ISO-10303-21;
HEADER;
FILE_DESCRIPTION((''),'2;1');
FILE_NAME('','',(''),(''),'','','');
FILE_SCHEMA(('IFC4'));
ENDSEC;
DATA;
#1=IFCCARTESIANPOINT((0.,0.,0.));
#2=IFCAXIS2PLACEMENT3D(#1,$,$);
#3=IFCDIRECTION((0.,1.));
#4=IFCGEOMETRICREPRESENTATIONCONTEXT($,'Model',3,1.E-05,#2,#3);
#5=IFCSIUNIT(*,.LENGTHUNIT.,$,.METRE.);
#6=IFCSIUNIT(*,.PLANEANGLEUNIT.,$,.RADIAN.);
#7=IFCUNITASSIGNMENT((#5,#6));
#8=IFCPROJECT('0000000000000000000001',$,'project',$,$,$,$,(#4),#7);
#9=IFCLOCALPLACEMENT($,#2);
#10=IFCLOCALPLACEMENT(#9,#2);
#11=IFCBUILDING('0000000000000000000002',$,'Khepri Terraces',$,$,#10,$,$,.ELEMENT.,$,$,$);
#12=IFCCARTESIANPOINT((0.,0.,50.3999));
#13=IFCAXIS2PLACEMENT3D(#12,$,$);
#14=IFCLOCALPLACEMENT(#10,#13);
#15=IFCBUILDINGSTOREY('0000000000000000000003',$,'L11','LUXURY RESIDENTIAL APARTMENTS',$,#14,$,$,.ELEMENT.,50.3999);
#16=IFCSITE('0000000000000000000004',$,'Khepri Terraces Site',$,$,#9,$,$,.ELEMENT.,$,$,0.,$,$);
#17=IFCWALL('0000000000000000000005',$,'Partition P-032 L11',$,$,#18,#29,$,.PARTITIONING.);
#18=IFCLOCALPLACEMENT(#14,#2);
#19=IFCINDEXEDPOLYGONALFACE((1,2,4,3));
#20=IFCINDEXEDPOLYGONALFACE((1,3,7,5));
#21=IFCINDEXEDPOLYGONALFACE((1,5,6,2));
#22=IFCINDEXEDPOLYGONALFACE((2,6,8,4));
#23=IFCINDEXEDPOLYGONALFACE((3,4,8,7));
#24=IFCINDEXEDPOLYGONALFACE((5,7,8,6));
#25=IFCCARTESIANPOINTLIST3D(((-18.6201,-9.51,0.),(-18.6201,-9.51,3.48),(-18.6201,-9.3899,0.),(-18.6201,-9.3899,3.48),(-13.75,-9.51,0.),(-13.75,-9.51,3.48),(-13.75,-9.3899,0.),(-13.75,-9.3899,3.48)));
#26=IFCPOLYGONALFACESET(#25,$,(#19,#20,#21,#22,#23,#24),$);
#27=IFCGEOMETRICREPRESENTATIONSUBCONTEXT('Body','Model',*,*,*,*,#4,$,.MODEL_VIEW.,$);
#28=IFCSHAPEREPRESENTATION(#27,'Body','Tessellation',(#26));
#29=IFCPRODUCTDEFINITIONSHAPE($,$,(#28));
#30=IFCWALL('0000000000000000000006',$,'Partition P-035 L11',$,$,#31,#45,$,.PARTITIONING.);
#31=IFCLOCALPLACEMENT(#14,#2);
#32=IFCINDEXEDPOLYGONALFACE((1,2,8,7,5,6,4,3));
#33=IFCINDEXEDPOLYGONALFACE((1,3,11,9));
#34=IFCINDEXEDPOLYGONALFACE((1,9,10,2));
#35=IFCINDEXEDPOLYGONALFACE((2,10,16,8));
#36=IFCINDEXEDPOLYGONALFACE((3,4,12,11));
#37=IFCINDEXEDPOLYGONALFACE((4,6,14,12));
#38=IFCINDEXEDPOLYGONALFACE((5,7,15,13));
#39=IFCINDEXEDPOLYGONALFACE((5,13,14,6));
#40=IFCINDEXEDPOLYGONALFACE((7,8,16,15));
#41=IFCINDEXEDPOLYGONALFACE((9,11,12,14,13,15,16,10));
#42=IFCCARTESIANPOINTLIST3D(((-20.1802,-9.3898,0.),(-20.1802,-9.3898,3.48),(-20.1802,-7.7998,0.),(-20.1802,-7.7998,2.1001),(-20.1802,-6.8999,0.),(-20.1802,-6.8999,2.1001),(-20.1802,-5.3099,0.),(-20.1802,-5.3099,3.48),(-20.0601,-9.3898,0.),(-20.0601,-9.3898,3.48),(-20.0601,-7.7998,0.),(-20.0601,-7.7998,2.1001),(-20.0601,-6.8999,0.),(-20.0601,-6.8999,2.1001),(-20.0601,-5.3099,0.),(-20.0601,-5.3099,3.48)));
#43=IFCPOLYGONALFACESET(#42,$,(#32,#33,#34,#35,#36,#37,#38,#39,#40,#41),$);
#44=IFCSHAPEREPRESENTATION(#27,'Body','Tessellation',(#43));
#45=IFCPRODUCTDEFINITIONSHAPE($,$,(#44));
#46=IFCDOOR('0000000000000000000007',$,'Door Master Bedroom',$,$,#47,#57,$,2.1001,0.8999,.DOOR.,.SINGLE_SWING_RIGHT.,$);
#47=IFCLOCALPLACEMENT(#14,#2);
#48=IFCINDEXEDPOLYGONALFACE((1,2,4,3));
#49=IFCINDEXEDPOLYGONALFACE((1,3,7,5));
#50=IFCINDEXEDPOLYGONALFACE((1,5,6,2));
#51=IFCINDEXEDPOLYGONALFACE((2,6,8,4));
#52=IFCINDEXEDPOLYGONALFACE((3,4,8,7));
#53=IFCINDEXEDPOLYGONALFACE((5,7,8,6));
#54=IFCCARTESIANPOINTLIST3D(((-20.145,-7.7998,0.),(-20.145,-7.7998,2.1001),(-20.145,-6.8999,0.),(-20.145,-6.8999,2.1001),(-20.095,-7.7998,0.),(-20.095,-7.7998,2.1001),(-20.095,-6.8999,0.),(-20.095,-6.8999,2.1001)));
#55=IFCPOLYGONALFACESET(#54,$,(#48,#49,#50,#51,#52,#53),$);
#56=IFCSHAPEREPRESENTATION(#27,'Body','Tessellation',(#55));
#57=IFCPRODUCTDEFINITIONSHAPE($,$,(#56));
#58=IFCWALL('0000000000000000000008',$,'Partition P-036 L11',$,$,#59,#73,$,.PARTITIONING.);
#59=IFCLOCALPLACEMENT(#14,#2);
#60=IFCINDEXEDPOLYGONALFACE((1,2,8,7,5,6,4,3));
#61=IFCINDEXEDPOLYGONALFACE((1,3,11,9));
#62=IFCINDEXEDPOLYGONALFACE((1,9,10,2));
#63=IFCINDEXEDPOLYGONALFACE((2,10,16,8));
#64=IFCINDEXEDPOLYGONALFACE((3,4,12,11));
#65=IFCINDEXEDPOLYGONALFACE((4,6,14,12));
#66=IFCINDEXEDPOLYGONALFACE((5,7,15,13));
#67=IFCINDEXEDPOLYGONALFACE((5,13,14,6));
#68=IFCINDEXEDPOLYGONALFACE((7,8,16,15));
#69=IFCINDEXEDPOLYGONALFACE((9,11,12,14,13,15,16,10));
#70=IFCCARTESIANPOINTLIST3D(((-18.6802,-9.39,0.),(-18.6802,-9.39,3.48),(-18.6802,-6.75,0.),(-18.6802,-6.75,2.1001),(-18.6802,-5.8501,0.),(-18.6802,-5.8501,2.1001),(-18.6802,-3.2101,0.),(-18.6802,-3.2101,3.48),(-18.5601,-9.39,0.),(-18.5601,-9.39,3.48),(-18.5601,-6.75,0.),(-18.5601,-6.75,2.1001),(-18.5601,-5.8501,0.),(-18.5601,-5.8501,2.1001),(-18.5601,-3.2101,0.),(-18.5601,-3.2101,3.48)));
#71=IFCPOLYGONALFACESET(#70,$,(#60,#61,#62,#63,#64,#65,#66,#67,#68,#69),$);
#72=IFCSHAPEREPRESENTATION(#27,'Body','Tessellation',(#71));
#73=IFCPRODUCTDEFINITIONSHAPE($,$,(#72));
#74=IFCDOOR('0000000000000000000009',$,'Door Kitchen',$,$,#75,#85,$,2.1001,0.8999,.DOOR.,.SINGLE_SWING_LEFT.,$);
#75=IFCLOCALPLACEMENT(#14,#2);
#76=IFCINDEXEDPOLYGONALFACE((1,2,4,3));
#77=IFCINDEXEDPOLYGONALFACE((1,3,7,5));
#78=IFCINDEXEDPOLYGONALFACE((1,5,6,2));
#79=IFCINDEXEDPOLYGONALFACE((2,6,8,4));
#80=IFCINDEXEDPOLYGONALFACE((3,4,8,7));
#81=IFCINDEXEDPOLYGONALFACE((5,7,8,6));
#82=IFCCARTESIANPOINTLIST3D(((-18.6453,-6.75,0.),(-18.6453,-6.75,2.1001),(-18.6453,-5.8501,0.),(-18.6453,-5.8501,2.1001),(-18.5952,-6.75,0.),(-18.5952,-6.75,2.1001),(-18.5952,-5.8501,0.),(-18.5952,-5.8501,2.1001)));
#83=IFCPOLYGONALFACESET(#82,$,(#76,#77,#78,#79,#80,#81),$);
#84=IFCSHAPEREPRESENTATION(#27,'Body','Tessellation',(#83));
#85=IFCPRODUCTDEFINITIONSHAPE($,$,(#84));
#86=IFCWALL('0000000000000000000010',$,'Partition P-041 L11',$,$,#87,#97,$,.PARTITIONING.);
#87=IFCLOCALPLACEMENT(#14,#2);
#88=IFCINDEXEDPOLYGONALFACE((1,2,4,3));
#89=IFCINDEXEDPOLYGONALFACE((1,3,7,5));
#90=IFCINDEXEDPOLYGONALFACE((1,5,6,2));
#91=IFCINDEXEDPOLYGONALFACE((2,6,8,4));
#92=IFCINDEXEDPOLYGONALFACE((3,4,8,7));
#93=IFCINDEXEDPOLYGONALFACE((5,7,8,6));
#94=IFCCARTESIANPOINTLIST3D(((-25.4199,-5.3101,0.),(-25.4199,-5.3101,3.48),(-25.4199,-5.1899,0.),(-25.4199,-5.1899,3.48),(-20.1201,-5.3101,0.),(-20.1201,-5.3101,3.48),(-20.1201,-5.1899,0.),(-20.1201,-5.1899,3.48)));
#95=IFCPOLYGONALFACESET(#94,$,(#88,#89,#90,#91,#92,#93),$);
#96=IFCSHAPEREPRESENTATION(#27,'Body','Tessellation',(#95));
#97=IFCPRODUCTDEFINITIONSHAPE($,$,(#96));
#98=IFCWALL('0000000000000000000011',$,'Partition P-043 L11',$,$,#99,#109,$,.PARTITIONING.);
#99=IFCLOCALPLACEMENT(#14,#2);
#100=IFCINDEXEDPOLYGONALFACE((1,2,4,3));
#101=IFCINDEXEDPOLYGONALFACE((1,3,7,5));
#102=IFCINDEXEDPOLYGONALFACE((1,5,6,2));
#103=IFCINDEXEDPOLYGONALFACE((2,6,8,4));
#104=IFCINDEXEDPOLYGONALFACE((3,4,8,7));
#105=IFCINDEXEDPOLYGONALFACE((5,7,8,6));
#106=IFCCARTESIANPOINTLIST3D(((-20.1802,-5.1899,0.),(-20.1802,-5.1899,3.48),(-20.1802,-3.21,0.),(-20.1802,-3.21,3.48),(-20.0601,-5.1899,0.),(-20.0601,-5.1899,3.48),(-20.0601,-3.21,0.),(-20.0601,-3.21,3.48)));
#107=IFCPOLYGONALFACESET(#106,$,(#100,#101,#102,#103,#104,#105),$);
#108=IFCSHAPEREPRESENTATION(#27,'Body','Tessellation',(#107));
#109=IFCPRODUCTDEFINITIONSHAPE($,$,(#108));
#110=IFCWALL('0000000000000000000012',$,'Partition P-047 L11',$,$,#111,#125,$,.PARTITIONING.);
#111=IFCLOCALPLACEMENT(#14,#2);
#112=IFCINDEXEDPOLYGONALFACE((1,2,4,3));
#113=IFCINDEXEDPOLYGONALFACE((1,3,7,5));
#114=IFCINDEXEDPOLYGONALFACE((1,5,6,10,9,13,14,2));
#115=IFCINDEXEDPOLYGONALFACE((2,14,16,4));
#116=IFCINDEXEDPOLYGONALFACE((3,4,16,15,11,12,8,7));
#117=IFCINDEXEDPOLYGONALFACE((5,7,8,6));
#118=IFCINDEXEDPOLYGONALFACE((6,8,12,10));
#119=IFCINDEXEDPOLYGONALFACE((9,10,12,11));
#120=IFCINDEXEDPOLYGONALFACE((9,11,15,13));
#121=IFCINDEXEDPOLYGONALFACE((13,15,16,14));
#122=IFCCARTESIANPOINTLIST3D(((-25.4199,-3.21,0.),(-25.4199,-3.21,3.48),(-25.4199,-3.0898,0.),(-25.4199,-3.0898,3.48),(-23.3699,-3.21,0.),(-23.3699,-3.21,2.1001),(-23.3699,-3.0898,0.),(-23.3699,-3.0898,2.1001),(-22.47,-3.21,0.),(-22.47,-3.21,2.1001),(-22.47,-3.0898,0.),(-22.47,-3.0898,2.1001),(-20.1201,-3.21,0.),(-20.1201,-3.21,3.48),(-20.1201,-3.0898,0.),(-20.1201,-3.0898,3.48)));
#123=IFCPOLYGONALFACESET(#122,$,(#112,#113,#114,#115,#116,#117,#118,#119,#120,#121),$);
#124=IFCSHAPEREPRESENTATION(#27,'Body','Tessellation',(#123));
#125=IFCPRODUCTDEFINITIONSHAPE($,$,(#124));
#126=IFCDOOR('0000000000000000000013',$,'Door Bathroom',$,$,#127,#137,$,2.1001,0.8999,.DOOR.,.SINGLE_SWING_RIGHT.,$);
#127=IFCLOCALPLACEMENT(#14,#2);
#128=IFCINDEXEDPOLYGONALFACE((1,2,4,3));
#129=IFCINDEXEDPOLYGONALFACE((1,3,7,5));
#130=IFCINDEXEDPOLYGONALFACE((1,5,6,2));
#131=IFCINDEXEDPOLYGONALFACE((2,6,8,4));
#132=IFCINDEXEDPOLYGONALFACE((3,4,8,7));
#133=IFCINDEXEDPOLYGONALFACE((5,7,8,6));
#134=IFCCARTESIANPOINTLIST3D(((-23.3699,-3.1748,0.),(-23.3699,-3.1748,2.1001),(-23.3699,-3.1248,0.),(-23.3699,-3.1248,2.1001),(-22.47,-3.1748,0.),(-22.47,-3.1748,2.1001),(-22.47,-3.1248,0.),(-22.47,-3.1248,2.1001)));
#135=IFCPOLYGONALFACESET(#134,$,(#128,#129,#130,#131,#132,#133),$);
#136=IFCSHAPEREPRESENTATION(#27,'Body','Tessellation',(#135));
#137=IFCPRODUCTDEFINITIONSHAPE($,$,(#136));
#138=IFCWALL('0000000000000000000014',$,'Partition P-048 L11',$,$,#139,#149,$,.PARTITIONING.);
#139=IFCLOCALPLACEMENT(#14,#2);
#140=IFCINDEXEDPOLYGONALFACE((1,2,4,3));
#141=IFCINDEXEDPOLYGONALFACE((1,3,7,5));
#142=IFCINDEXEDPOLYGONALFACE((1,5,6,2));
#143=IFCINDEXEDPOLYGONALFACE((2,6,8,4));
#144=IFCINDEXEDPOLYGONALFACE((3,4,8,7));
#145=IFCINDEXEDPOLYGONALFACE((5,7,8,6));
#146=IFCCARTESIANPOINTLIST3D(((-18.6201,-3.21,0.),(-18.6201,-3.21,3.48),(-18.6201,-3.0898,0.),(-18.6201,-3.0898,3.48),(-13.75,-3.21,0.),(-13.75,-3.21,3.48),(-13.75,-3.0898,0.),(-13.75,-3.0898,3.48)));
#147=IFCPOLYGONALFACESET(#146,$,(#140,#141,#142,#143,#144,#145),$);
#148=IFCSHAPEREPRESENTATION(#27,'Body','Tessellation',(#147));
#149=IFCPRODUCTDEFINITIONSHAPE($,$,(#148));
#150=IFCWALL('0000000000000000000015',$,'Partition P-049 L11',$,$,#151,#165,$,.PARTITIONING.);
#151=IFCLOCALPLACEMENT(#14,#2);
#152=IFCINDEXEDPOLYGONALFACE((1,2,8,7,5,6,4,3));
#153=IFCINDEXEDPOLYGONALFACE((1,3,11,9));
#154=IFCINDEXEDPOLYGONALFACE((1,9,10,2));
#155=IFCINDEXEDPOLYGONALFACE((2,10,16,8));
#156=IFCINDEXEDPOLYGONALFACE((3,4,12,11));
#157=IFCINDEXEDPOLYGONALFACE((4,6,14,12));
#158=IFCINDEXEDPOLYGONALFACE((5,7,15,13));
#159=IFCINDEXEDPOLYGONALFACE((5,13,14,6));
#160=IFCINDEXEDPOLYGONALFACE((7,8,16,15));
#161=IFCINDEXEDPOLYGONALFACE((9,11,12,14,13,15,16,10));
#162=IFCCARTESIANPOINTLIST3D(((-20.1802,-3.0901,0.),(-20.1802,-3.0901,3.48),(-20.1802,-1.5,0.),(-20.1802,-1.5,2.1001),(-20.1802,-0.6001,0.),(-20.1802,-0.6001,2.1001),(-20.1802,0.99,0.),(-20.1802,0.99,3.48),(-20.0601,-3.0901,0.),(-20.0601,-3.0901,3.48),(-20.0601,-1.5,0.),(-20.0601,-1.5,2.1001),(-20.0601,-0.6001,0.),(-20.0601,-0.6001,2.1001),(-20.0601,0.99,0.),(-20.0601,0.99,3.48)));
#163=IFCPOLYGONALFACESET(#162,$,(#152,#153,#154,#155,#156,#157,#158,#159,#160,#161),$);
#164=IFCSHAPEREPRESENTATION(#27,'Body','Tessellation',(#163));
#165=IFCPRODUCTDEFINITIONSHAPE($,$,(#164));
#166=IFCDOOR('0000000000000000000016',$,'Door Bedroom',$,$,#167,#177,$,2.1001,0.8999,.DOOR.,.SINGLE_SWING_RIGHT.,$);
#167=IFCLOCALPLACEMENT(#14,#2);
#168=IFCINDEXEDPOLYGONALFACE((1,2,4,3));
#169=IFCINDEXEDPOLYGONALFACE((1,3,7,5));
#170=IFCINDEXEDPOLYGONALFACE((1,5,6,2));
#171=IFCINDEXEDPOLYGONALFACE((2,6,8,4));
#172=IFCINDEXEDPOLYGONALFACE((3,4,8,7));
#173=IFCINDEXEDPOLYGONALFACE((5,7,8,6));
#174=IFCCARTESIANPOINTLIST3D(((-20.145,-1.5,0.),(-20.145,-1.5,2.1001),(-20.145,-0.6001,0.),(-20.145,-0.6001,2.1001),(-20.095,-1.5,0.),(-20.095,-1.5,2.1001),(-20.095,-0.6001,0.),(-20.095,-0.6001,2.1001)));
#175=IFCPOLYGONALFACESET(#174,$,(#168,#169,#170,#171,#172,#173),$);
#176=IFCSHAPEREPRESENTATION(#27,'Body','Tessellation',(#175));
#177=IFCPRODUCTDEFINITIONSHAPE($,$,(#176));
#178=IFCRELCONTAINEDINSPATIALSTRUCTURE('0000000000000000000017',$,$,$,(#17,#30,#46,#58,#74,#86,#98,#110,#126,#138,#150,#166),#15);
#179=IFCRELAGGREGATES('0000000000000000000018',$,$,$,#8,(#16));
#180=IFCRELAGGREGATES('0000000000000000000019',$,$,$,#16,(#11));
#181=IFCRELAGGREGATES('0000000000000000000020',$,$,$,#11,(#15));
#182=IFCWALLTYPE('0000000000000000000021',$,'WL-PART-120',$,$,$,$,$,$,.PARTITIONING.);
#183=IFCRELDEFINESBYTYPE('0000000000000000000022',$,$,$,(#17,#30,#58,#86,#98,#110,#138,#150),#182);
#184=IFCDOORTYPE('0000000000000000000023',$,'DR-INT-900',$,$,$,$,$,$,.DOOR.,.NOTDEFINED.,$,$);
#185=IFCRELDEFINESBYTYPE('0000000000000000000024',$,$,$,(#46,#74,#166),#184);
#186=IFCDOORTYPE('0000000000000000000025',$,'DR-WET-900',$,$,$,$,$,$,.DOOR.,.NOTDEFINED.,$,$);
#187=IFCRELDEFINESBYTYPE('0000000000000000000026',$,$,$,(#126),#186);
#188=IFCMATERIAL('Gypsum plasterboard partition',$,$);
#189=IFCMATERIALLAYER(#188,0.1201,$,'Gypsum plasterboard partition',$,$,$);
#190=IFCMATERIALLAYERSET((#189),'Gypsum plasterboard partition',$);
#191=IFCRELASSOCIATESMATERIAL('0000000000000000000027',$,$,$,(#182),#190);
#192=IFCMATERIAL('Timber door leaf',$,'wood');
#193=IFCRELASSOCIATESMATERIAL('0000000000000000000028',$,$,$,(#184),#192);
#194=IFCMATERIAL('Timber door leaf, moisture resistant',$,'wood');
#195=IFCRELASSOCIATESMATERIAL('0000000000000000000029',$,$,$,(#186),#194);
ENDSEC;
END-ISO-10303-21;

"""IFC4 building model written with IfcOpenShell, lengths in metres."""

from ifc_helpers import new_model, si_unit, direction, frame, frame_2d, origin, place, context, subcontext, project, spatial, rectangle, extrude, material, layer, layer_set, type_object, element, fill, save


model = new_model("IFC4")

# Units and contexts
model_context = context("Model", 3, precision=1e-05, world=origin(), true_north=direction((0.0, 1.0)))
body_context = subcontext(model_context, "Body", "Model", "MODEL_VIEW")
ifc_project = project(units=[si_unit("LENGTHUNIT", "METRE"), si_unit("PLANEANGLEUNIT", "RADIAN")], contexts=[model_context])

# Site, building, storey
site_placement = place(None, origin())
site = spatial("IfcSite", under=ifc_project, at=site_placement, Name="Khepri Terraces Site", CompositionType="ELEMENT", RefElevation=0.0)
building_placement = place(site_placement, origin())
building = spatial("IfcBuilding", under=site, at=building_placement, Name="Khepri Terraces", CompositionType="ELEMENT")
storey_placement = place(building_placement, frame((0.0, 0.0, 50.3999)))
storey = spatial("IfcBuildingStorey", under=building, at=storey_placement, Name="L11", Description="LUXURY RESIDENTIAL APARTMENTS", CompositionType="ELEMENT", Elevation=50.3999)

# Shared definitions
ifc_material_1 = material(Name="Gypsum plasterboard partition")
ifc_layer_1 = layer(ifc_material_1, 0.1201, Name="Gypsum plasterboard partition")
ifc_layer_set_1 = layer_set([ifc_layer_1], Name="Gypsum plasterboard partition")
wall_type_1 = type_object("IfcWallType", Name="WL-PART-120", PredefinedType="PARTITIONING", material=ifc_layer_set_1)
ifc_material_2 = material(Name="Timber door leaf", Category="wood")
door_type_1 = type_object("IfcDoorType", Name="DR-INT-900", OperationType="NOTDEFINED", PredefinedType="DOOR", material=ifc_material_2)

# Wall
wall_1_placement = place(storey_placement, frame((-18.6201, -9.45, 0.0), z_axis=(0.0, 0.0, 1.0), x_axis=(1.0, 0.0, 0.0)))
element("IfcWall", 1, at=wall_1_placement, inside=storey, type_object=wall_type_1, Name="Partition P-032 L11", PredefinedType="PARTITIONING", context=body_context, shape_type="SweptSolid", body=[
    extrude(rectangle(XDim=4.8701, YDim=0.1201, at=frame_2d((2.4351, 0.0))), origin(), (0.0, 0.0, 1.0), 3.48),
])

# Walls, openings, doors
wall_2_placement = place(storey_placement, frame((-20.1201, -9.3899, 0.0), z_axis=(0.0, 0.0, 1.0), x_axis=(0.0, 1.0, 0.0)))
wall_2 = element("IfcWall", 2, at=wall_2_placement, inside=storey, type_object=wall_type_1, Name="Partition P-035 L11", PredefinedType="PARTITIONING", context=body_context, shape_type="SweptSolid", body=[
    extrude(rectangle(XDim=4.0798, YDim=0.1201, at=frame_2d((2.04, 0.0))), origin(), (0.0, 0.0, 1.0), 3.48),
])
opening_1_placement = place(wall_2_placement, frame((1.5901, 0.0, 0.0)))
opening_1 = element("IfcOpeningElement", 3, at=opening_1_placement, cuts=wall_2, PredefinedType="OPENING", context=body_context, shape_type="SweptSolid", body=[
    extrude(rectangle(XDim=0.8999, YDim=2.1001, at=frame_2d((0.45, 1.05))), frame((0.0, 0.0701, 0.0), z_axis=(0.0, -1.0, 0.0), x_axis=(1.0, 0.0, 0.0)), (0.0, 0.0, 1.0), 0.1401),
])
door_1_placement = place(opening_1_placement, origin())
door_1 = element("IfcDoor", 4, at=door_1_placement, inside=storey, type_object=door_type_1, Name="Door Master Bedroom", OperationType="SINGLE_SWING_RIGHT", OverallHeight=2.1001, OverallWidth=0.8999, PredefinedType="DOOR", context=body_context, shape_type="SweptSolid", body=[
    extrude(rectangle(XDim=0.8999, YDim=2.1001, at=frame_2d((0.45, 1.05))), frame((0.0, 0.0249, 0.0), z_axis=(0.0, -1.0, 0.0), x_axis=(1.0, 0.0, 0.0)), (0.0, 0.0, 1.0), 0.05),
])
fill(opening_1, door_1)
wall_3_placement = place(storey_placement, frame((-18.6201, -9.3899, 0.0), z_axis=(0.0, 0.0, 1.0), x_axis=(0.0, 1.0, 0.0)))
wall_3 = element("IfcWall", 5, at=wall_3_placement, inside=storey, type_object=wall_type_1, Name="Partition P-036 L11", PredefinedType="PARTITIONING", context=body_context, shape_type="SweptSolid", body=[
    extrude(rectangle(XDim=6.1799, YDim=0.1201, at=frame_2d((3.0898, 0.0))), origin(), (0.0, 0.0, 1.0), 3.48),
])
opening_2_placement = place(wall_3_placement, frame((2.6399, 0.0, 0.0)))
opening_2 = element("IfcOpeningElement", 6, at=opening_2_placement, cuts=wall_3, PredefinedType="OPENING", context=body_context, shape_type="SweptSolid", body=[
    extrude(rectangle(XDim=0.8999, YDim=2.1001, at=frame_2d((0.45, 1.05))), frame((0.0, 0.0701, 0.0), z_axis=(0.0, -1.0, 0.0), x_axis=(1.0, 0.0, 0.0)), (0.0, 0.0, 1.0), 0.1401),
])
door_2_placement = place(opening_2_placement, frame((0.8999, 0.0, 0.0), z_axis=(0.0, 0.0, 1.0), x_axis=(-1.0, 0.0, 0.0)))
door_2 = element("IfcDoor", 7, at=door_2_placement, inside=storey, type_object=door_type_1, Name="Door Kitchen", OperationType="SINGLE_SWING_LEFT", OverallHeight=2.1001, OverallWidth=0.8999, PredefinedType="DOOR", context=body_context, shape_type="SweptSolid", body=[
    extrude(rectangle(XDim=0.8999, YDim=2.1001, at=frame_2d((0.45, 1.05))), frame((0.0, 0.0249, 0.0), z_axis=(0.0, -1.0, 0.0), x_axis=(1.0, 0.0, 0.0)), (0.0, 0.0, 1.0), 0.05),
])
fill(opening_2, door_2)

# Walls
wall_4_placement = place(storey_placement, frame((-25.4199, -5.25, 0.0), z_axis=(0.0, 0.0, 1.0), x_axis=(1.0, 0.0, 0.0)))
element("IfcWall", 8, at=wall_4_placement, inside=storey, type_object=wall_type_1, Name="Partition P-041 L11", PredefinedType="PARTITIONING", context=body_context, shape_type="SweptSolid", body=[
    extrude(rectangle(XDim=5.2998, YDim=0.1201, at=frame_2d((2.6499, 0.0))), origin(), (0.0, 0.0, 1.0), 3.48),
])
wall_5_placement = place(storey_placement, frame((-20.1201, -5.1899, 0.0), z_axis=(0.0, 0.0, 1.0), x_axis=(0.0, 1.0, 0.0)))
element("IfcWall", 9, at=wall_5_placement, inside=storey, type_object=wall_type_1, Name="Partition P-043 L11", PredefinedType="PARTITIONING", context=body_context, shape_type="SweptSolid", body=[
    extrude(rectangle(XDim=1.98, YDim=0.1201, at=frame_2d((0.99, 0.0))), origin(), (0.0, 0.0, 1.0), 3.48),
])

# Wall, opening, door
wall_6_placement = place(storey_placement, frame((-25.4199, -3.1499, 0.0), z_axis=(0.0, 0.0, 1.0), x_axis=(1.0, 0.0, 0.0)))
wall_6 = element("IfcWall", 10, at=wall_6_placement, inside=storey, type_object=wall_type_1, Name="Partition P-047 L11", PredefinedType="PARTITIONING", context=body_context, shape_type="SweptSolid", body=[
    extrude(rectangle(XDim=5.2998, YDim=0.1201, at=frame_2d((2.6499, 0.0))), origin(), (0.0, 0.0, 1.0), 3.48),
])
opening_3_placement = place(wall_6_placement, frame((2.05, 0.0, 0.0)))
opening_3 = element("IfcOpeningElement", 11, at=opening_3_placement, cuts=wall_6, PredefinedType="OPENING", context=body_context, shape_type="SweptSolid", body=[
    extrude(rectangle(XDim=0.8999, YDim=2.1001, at=frame_2d((0.45, 1.05))), frame((0.0, 0.0701, 0.0), z_axis=(0.0, -1.0, 0.0), x_axis=(1.0, 0.0, 0.0)), (0.0, 0.0, 1.0), 0.1401),
])
ifc_material_3 = material(Name="Timber door leaf, moisture resistant", Category="wood")
door_type_2 = type_object("IfcDoorType", Name="DR-WET-900", OperationType="NOTDEFINED", PredefinedType="DOOR", material=ifc_material_3)
door_3_placement = place(opening_3_placement, frame((0.8999, 0.0, 0.0), z_axis=(0.0, 0.0, 1.0), x_axis=(-1.0, 0.0, 0.0)))
door_3 = element("IfcDoor", 12, at=door_3_placement, inside=storey, type_object=door_type_2, Name="Door Bathroom", OperationType="SINGLE_SWING_RIGHT", OverallHeight=2.1001, OverallWidth=0.8999, PredefinedType="DOOR", context=body_context, shape_type="SweptSolid", body=[
    extrude(rectangle(XDim=0.8999, YDim=2.1001, at=frame_2d((0.45, 1.05))), frame((0.0, 0.0249, 0.0), z_axis=(0.0, -1.0, 0.0), x_axis=(1.0, 0.0, 0.0)), (0.0, 0.0, 1.0), 0.05),
])
fill(opening_3, door_3)

# Wall
wall_7_placement = place(storey_placement, frame((-18.6201, -3.1499, 0.0), z_axis=(0.0, 0.0, 1.0), x_axis=(1.0, 0.0, 0.0)))
element("IfcWall", 13, at=wall_7_placement, inside=storey, type_object=wall_type_1, Name="Partition P-048 L11", PredefinedType="PARTITIONING", context=body_context, shape_type="SweptSolid", body=[
    extrude(rectangle(XDim=4.8701, YDim=0.1201, at=frame_2d((2.4351, 0.0))), origin(), (0.0, 0.0, 1.0), 3.48),
])

# Wall, opening, door
wall_8_placement = place(storey_placement, frame((-20.1201, -3.0901, 0.0), z_axis=(0.0, 0.0, 1.0), x_axis=(0.0, 1.0, 0.0)))
wall_8 = element("IfcWall", 14, at=wall_8_placement, inside=storey, type_object=wall_type_1, Name="Partition P-049 L11", PredefinedType="PARTITIONING", context=body_context, shape_type="SweptSolid", body=[
    extrude(rectangle(XDim=4.0801, YDim=0.1201, at=frame_2d((2.04, 0.0))), origin(), (0.0, 0.0, 1.0), 3.48),
])
opening_4_placement = place(wall_8_placement, frame((1.5901, 0.0, 0.0)))
opening_4 = element("IfcOpeningElement", 15, at=opening_4_placement, cuts=wall_8, PredefinedType="OPENING", context=body_context, shape_type="SweptSolid", body=[
    extrude(rectangle(XDim=0.8999, YDim=2.1001, at=frame_2d((0.45, 1.05))), frame((0.0, 0.0701, 0.0), z_axis=(0.0, -1.0, 0.0), x_axis=(1.0, 0.0, 0.0)), (0.0, 0.0, 1.0), 0.1401),
])
door_4_placement = place(opening_4_placement, origin())
door_4 = element("IfcDoor", 16, at=door_4_placement, inside=storey, type_object=door_type_1, Name="Door Bedroom", OperationType="SINGLE_SWING_RIGHT", OverallHeight=2.1001, OverallWidth=0.8999, PredefinedType="DOOR", context=body_context, shape_type="SweptSolid", body=[
    extrude(rectangle(XDim=0.8999, YDim=2.1001, at=frame_2d((0.45, 1.05))), frame((0.0, 0.0249, 0.0), z_axis=(0.0, -1.0, 0.0), x_axis=(1.0, 0.0, 0.0)), (0.0, 0.0, 1.0), 0.05),
])
fill(opening_4, door_4)

save(model, "model.ifc")
